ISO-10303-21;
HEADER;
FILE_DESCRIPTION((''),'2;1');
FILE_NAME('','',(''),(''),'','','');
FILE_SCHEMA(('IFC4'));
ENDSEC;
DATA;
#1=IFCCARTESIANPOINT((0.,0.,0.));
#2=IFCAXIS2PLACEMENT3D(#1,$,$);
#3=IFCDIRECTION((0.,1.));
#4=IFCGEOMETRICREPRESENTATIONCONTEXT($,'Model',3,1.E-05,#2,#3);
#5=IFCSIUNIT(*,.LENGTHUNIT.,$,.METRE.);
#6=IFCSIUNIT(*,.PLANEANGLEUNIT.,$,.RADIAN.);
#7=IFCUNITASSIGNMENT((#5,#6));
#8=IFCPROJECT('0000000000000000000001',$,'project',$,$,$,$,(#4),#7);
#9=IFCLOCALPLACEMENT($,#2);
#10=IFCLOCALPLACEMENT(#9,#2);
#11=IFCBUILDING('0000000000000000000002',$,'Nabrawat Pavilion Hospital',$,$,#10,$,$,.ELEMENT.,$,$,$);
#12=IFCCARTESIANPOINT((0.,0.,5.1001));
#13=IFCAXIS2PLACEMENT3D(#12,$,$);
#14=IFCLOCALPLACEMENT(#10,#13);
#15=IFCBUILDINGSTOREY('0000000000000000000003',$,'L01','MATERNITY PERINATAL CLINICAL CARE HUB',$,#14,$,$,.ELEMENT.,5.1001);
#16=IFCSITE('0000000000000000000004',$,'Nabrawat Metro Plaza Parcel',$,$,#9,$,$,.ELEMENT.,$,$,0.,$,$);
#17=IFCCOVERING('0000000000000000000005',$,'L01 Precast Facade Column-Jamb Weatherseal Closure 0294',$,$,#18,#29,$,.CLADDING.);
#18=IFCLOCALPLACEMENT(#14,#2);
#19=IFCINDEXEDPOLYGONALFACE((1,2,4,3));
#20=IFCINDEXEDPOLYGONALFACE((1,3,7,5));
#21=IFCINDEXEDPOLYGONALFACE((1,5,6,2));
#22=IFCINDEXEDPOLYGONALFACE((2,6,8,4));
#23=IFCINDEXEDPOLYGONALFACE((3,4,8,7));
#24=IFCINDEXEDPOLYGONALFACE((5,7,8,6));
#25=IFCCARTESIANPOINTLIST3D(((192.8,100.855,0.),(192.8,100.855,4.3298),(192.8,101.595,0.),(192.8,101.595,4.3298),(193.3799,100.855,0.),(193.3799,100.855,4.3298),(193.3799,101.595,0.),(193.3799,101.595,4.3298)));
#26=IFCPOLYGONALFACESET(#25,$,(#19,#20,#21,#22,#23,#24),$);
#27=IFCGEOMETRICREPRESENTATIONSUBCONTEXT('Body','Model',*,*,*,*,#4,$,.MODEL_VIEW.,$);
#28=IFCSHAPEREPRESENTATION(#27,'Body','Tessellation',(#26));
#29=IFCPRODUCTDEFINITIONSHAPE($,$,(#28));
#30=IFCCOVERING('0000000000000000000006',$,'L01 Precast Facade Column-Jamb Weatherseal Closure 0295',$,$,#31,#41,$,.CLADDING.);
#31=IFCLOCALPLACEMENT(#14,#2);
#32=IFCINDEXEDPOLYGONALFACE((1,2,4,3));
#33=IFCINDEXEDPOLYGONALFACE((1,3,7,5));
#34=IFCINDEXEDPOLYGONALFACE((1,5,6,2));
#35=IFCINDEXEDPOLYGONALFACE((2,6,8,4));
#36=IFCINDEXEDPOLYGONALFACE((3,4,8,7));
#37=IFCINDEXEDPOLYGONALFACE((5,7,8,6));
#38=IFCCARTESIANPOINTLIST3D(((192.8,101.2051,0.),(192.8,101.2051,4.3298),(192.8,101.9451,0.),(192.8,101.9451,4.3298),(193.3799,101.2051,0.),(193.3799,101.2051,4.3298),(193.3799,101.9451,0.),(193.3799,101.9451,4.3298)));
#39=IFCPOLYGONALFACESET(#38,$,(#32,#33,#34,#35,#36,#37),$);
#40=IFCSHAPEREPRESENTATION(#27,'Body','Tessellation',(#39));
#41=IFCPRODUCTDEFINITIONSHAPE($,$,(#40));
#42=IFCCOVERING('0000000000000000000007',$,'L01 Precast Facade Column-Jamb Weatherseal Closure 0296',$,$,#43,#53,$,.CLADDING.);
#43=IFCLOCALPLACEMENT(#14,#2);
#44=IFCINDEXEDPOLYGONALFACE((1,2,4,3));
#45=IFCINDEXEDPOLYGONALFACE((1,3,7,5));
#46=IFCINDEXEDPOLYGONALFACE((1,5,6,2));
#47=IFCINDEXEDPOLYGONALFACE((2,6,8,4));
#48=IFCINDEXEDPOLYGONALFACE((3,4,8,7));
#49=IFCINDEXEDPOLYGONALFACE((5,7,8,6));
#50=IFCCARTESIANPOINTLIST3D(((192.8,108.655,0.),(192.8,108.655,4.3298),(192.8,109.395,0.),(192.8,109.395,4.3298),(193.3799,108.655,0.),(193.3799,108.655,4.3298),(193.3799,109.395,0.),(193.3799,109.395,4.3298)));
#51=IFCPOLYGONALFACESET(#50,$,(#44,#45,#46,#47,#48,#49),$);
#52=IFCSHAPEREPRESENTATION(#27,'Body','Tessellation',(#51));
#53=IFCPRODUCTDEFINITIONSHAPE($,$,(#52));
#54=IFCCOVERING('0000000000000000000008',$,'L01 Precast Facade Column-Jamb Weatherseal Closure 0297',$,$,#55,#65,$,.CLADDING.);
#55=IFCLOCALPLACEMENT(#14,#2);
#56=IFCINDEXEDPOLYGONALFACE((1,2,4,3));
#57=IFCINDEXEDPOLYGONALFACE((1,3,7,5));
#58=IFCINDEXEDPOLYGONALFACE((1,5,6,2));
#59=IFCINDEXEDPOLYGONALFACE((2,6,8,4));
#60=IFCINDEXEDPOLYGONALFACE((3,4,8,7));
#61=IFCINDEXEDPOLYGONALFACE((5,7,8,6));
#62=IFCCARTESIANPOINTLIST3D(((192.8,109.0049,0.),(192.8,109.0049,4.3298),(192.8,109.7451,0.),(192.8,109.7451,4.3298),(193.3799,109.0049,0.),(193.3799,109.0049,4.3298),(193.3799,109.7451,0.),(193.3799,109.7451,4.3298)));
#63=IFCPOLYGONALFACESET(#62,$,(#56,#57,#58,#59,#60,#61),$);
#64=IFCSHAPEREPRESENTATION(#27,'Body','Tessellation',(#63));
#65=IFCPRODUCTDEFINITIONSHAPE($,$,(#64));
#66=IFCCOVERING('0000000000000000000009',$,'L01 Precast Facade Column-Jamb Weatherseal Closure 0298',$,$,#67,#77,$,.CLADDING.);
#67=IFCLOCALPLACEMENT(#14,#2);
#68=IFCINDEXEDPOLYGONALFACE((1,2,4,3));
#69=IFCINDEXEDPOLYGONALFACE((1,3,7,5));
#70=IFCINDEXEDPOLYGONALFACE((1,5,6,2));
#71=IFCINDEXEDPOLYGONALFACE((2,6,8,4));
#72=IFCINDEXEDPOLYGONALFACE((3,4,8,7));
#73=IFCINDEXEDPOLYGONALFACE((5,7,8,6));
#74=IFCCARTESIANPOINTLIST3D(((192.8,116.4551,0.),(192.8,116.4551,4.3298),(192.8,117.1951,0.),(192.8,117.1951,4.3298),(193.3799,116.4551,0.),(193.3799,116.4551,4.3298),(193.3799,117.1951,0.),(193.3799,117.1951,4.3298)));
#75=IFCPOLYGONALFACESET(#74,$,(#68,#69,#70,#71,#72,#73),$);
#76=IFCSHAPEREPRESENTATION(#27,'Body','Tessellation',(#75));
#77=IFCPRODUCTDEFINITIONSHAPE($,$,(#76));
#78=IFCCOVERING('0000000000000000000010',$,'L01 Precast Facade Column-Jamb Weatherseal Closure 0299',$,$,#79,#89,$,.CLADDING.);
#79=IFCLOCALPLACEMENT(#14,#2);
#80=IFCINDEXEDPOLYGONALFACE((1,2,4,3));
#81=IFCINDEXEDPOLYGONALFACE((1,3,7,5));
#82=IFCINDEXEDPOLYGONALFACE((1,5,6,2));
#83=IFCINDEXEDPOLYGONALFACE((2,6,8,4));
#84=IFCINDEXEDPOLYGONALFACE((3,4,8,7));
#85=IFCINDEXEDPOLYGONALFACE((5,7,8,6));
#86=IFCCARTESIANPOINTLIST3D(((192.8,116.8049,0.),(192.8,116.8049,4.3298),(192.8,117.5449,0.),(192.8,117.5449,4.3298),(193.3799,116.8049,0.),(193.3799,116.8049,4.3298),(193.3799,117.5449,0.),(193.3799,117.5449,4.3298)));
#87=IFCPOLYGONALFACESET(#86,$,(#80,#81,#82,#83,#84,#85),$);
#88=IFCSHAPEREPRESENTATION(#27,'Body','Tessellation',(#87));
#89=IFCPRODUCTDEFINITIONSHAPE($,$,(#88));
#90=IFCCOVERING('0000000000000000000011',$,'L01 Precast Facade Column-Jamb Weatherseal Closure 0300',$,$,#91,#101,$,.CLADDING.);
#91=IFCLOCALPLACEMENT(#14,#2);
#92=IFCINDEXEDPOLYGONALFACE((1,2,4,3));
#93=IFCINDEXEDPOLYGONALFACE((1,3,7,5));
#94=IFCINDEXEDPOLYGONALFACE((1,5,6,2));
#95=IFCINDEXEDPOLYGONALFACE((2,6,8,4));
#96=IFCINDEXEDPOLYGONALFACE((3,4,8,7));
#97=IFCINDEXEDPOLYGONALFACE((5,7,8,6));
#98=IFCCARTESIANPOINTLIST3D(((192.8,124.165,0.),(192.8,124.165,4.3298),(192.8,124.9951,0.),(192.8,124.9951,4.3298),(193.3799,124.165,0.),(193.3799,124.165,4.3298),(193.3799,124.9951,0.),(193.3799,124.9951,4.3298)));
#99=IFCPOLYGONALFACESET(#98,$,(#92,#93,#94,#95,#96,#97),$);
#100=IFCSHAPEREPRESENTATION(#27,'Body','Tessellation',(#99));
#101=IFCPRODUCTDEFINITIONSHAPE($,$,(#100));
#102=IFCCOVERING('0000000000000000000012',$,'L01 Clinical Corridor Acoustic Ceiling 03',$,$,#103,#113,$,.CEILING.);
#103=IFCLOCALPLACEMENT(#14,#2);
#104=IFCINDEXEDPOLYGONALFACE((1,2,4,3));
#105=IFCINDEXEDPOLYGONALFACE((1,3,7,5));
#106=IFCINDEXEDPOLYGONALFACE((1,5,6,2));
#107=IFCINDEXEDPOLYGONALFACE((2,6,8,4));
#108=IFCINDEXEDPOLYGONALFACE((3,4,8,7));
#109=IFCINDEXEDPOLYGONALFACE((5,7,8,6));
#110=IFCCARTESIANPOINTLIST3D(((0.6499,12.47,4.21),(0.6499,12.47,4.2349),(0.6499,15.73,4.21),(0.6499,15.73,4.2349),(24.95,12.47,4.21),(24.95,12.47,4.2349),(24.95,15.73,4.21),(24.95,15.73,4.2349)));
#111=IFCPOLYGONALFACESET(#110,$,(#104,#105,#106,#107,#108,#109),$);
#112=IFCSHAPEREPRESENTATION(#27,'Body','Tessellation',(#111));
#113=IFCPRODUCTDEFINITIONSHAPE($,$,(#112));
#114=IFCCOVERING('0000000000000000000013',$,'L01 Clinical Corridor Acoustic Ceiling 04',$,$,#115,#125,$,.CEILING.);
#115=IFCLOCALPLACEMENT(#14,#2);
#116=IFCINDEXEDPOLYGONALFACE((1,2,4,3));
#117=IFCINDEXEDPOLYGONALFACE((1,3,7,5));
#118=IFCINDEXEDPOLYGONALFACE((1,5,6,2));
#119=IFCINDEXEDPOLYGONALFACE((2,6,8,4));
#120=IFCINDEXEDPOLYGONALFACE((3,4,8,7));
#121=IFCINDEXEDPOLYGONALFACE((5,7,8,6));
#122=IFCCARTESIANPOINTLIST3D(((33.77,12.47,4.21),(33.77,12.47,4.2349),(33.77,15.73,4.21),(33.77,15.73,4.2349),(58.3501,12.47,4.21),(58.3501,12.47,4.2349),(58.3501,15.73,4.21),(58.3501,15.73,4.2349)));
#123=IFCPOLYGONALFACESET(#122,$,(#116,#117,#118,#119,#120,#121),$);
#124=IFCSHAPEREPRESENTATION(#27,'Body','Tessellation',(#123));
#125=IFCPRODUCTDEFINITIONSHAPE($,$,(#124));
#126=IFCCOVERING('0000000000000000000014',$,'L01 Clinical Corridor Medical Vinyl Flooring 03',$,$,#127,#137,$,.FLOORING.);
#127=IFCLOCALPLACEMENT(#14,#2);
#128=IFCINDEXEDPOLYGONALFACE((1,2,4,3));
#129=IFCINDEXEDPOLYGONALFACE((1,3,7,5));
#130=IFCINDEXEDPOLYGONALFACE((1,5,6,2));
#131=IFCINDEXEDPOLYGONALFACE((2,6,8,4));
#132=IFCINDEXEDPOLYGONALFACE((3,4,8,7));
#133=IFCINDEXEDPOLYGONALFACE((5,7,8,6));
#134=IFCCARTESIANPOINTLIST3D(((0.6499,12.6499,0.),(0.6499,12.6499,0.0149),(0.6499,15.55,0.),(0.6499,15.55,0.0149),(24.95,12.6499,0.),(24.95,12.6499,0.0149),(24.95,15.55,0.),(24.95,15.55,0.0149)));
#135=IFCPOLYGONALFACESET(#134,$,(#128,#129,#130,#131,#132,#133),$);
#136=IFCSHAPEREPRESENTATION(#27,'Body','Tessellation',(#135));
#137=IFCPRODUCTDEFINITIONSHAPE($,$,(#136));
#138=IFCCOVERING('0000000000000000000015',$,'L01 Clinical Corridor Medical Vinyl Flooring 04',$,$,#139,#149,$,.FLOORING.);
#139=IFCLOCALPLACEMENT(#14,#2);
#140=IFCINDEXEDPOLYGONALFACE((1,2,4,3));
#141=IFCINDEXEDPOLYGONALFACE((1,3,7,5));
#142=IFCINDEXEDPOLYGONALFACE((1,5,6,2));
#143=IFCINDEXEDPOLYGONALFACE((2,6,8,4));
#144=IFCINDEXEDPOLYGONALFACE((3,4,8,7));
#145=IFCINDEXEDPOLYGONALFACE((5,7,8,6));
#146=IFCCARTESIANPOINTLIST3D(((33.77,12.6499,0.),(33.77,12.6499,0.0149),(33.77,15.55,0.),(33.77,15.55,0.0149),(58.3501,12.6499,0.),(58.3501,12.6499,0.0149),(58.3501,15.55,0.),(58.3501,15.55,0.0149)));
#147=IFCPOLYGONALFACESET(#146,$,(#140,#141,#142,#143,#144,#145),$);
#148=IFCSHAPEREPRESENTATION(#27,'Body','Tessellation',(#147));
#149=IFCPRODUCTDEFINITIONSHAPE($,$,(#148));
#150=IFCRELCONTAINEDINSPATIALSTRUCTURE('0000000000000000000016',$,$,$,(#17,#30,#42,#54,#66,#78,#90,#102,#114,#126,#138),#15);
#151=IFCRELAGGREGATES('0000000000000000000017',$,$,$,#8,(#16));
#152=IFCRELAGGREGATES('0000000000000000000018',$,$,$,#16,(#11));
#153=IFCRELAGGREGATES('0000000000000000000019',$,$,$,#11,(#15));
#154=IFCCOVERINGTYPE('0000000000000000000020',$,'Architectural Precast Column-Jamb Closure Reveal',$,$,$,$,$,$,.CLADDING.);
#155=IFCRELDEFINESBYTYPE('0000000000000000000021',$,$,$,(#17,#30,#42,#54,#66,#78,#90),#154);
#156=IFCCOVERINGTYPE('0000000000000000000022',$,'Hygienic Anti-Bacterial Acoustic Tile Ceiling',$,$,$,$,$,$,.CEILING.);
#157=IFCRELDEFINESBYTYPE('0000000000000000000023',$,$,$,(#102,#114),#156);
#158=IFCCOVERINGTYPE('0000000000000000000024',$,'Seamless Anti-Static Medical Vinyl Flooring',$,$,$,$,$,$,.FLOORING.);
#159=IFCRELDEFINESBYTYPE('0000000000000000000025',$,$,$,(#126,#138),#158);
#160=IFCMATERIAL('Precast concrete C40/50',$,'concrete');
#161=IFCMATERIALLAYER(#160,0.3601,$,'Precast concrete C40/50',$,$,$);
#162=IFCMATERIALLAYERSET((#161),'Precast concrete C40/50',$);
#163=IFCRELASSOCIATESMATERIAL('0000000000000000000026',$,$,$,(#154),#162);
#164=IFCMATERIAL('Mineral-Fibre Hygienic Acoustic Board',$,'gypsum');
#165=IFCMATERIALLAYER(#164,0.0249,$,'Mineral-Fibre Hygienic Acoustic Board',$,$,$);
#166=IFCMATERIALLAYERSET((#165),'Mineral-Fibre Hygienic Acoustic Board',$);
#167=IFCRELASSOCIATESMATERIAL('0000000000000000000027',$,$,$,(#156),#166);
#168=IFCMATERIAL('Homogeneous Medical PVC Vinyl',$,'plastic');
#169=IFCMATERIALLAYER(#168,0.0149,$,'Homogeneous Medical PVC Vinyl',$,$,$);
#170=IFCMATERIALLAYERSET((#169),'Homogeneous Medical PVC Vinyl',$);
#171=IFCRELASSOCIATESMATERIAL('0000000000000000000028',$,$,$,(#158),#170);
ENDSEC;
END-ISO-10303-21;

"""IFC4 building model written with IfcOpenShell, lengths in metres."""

from ifc_helpers import new_model, si_unit, direction, frame, origin, place, context, subcontext, project, spatial, polyline, outline, extrude, material, layer, layer_set, type_object, element, save


model = new_model("IFC4")

# Units and contexts
model_context = context("Model", 3, precision=1e-05, world=origin(), true_north=direction((0.0, 1.0)))
body_context = subcontext(model_context, "Body", "Model", "MODEL_VIEW")
ifc_project = project(units=[si_unit("LENGTHUNIT", "METRE"), si_unit("PLANEANGLEUNIT", "RADIAN")], contexts=[model_context])

# Site, building, storey
site_placement = place(None, origin())
site = spatial("IfcSite", under=ifc_project, at=site_placement, Name="Nabrawat Metro Plaza Parcel", CompositionType="ELEMENT", RefElevation=0.0)
building_placement = place(site_placement, origin())
building = spatial("IfcBuilding", under=site, at=building_placement, Name="Nabrawat Pavilion Hospital", CompositionType="ELEMENT")
storey_placement = place(building_placement, frame((0.0, 0.0, 5.1001)))
storey = spatial("IfcBuildingStorey", under=building, at=storey_placement, Name="L01", Description="MATERNITY PERINATAL CLINICAL CARE HUB", CompositionType="ELEMENT", Elevation=5.1001)

# Shared definitions
ifc_material_1 = material(Name="Precast concrete C40/50", Category="concrete")

# Coverings
ifc_layer_1 = layer(ifc_material_1, 0.3601, Name="Precast concrete C40/50")
ifc_layer_set_1 = layer_set([ifc_layer_1], Name="Precast concrete C40/50")
covering_type_1 = type_object("IfcCoveringType", Name="Architectural Precast Column-Jamb Closure Reveal", PredefinedType="CLADDING", material=ifc_layer_set_1)
covering_1_placement = place(storey_placement, origin())
element("IfcCovering", 1, at=covering_1_placement, inside=storey, type_object=covering_type_1, Name="L01 Precast Facade Column-Jamb Weatherseal Closure 0294", PredefinedType="CLADDING", context=body_context, shape_type="SweptSolid", body=[
    extrude(outline(polyline([(193.3799, 100.855), (193.3799, 101.595), (192.8, 101.595), (192.8, 100.855), (193.3799, 100.855)])), origin(), (0.0, 0.0, 1.0), 4.3298),
])
covering_2_placement = place(storey_placement, origin())
element("IfcCovering", 2, at=covering_2_placement, inside=storey, type_object=covering_type_1, Name="L01 Precast Facade Column-Jamb Weatherseal Closure 0295", PredefinedType="CLADDING", context=body_context, shape_type="SweptSolid", body=[
    extrude(outline(polyline([(193.3799, 101.2051), (193.3799, 101.9451), (192.8, 101.9451), (192.8, 101.2051), (193.3799, 101.2051)])), origin(), (0.0, 0.0, 1.0), 4.3298),
])
covering_3_placement = place(storey_placement, origin())
element("IfcCovering", 3, at=covering_3_placement, inside=storey, type_object=covering_type_1, Name="L01 Precast Facade Column-Jamb Weatherseal Closure 0296", PredefinedType="CLADDING", context=body_context, shape_type="SweptSolid", body=[
    extrude(outline(polyline([(193.3799, 108.655), (193.3799, 109.395), (192.8, 109.395), (192.8, 108.655), (193.3799, 108.655)])), origin(), (0.0, 0.0, 1.0), 4.3298),
])
covering_4_placement = place(storey_placement, origin())
element("IfcCovering", 4, at=covering_4_placement, inside=storey, type_object=covering_type_1, Name="L01 Precast Facade Column-Jamb Weatherseal Closure 0297", PredefinedType="CLADDING", context=body_context, shape_type="SweptSolid", body=[
    extrude(outline(polyline([(193.3799, 109.0049), (193.3799, 109.7451), (192.8, 109.7451), (192.8, 109.0049), (193.3799, 109.0049)])), origin(), (0.0, 0.0, 1.0), 4.3298),
])
covering_5_placement = place(storey_placement, origin())
element("IfcCovering", 5, at=covering_5_placement, inside=storey, type_object=covering_type_1, Name="L01 Precast Facade Column-Jamb Weatherseal Closure 0298", PredefinedType="CLADDING", context=body_context, shape_type="SweptSolid", body=[
    extrude(outline(polyline([(193.3799, 116.4551), (193.3799, 117.1951), (192.8, 117.1951), (192.8, 116.4551), (193.3799, 116.4551)])), origin(), (0.0, 0.0, 1.0), 4.3298),
])
covering_6_placement = place(storey_placement, origin())
element("IfcCovering", 6, at=covering_6_placement, inside=storey, type_object=covering_type_1, Name="L01 Precast Facade Column-Jamb Weatherseal Closure 0299", PredefinedType="CLADDING", context=body_context, shape_type="SweptSolid", body=[
    extrude(outline(polyline([(193.3799, 116.8049), (193.3799, 117.5449), (192.8, 117.5449), (192.8, 116.8049), (193.3799, 116.8049)])), origin(), (0.0, 0.0, 1.0), 4.3298),
])
covering_7_placement = place(storey_placement, origin())
element("IfcCovering", 7, at=covering_7_placement, inside=storey, type_object=covering_type_1, Name="L01 Precast Facade Column-Jamb Weatherseal Closure 0300", PredefinedType="CLADDING", context=body_context, shape_type="SweptSolid", body=[
    extrude(outline(polyline([(193.3799, 124.165), (193.3799, 124.9951), (192.8, 124.9951), (192.8, 124.165), (193.3799, 124.165)])), origin(), (0.0, 0.0, 1.0), 4.3298),
])
ifc_material_2 = material(Name="Mineral-Fibre Hygienic Acoustic Board", Category="gypsum")
ifc_layer_2 = layer(ifc_material_2, 0.0249, Name="Mineral-Fibre Hygienic Acoustic Board")
ifc_layer_set_2 = layer_set([ifc_layer_2], Name="Mineral-Fibre Hygienic Acoustic Board")
covering_type_2 = type_object("IfcCoveringType", Name="Hygienic Anti-Bacterial Acoustic Tile Ceiling", PredefinedType="CEILING", material=ifc_layer_set_2)
covering_8_placement = place(storey_placement, frame((0.0, 0.0, 4.21)))
element("IfcCovering", 8, at=covering_8_placement, inside=storey, type_object=covering_type_2, Name="L01 Clinical Corridor Acoustic Ceiling 03", PredefinedType="CEILING", context=body_context, shape_type="SweptSolid", body=[
    extrude(outline(polyline([(24.95, 12.47), (24.95, 15.73), (0.6499, 15.73), (0.6499, 12.47), (24.95, 12.47)])), origin(), (0.0, 0.0, 1.0), 0.0249),
])
covering_9_placement = place(storey_placement, frame((0.0, 0.0, 4.21)))
element("IfcCovering", 9, at=covering_9_placement, inside=storey, type_object=covering_type_2, Name="L01 Clinical Corridor Acoustic Ceiling 04", PredefinedType="CEILING", context=body_context, shape_type="SweptSolid", body=[
    extrude(outline(polyline([(58.3501, 12.47), (58.3501, 15.73), (33.77, 15.73), (33.77, 12.47), (58.3501, 12.47)])), origin(), (0.0, 0.0, 1.0), 0.0249),
])
ifc_material_3 = material(Name="Homogeneous Medical PVC Vinyl", Category="plastic")
ifc_layer_3 = layer(ifc_material_3, 0.0149, Name="Homogeneous Medical PVC Vinyl")
ifc_layer_set_3 = layer_set([ifc_layer_3], Name="Homogeneous Medical PVC Vinyl")
covering_type_3 = type_object("IfcCoveringType", Name="Seamless Anti-Static Medical Vinyl Flooring", PredefinedType="FLOORING", material=ifc_layer_set_3)
covering_10_placement = place(storey_placement, origin())
element("IfcCovering", 10, at=covering_10_placement, inside=storey, type_object=covering_type_3, Name="L01 Clinical Corridor Medical Vinyl Flooring 03", PredefinedType="FLOORING", context=body_context, shape_type="SweptSolid", body=[
    extrude(outline(polyline([(24.95, 12.6499), (24.95, 15.55), (0.6499, 15.55), (0.6499, 12.6499), (24.95, 12.6499)])), origin(), (0.0, 0.0, 1.0), 0.0149),
])
covering_11_placement = place(storey_placement, origin())
element("IfcCovering", 11, at=covering_11_placement, inside=storey, type_object=covering_type_3, Name="L01 Clinical Corridor Medical Vinyl Flooring 04", PredefinedType="FLOORING", context=body_context, shape_type="SweptSolid", body=[
    extrude(outline(polyline([(58.3501, 12.6499), (58.3501, 15.55), (33.77, 15.55), (33.77, 12.6499), (58.3501, 12.6499)])), origin(), (0.0, 0.0, 1.0), 0.0149),
])

save(model, "model.ifc")
